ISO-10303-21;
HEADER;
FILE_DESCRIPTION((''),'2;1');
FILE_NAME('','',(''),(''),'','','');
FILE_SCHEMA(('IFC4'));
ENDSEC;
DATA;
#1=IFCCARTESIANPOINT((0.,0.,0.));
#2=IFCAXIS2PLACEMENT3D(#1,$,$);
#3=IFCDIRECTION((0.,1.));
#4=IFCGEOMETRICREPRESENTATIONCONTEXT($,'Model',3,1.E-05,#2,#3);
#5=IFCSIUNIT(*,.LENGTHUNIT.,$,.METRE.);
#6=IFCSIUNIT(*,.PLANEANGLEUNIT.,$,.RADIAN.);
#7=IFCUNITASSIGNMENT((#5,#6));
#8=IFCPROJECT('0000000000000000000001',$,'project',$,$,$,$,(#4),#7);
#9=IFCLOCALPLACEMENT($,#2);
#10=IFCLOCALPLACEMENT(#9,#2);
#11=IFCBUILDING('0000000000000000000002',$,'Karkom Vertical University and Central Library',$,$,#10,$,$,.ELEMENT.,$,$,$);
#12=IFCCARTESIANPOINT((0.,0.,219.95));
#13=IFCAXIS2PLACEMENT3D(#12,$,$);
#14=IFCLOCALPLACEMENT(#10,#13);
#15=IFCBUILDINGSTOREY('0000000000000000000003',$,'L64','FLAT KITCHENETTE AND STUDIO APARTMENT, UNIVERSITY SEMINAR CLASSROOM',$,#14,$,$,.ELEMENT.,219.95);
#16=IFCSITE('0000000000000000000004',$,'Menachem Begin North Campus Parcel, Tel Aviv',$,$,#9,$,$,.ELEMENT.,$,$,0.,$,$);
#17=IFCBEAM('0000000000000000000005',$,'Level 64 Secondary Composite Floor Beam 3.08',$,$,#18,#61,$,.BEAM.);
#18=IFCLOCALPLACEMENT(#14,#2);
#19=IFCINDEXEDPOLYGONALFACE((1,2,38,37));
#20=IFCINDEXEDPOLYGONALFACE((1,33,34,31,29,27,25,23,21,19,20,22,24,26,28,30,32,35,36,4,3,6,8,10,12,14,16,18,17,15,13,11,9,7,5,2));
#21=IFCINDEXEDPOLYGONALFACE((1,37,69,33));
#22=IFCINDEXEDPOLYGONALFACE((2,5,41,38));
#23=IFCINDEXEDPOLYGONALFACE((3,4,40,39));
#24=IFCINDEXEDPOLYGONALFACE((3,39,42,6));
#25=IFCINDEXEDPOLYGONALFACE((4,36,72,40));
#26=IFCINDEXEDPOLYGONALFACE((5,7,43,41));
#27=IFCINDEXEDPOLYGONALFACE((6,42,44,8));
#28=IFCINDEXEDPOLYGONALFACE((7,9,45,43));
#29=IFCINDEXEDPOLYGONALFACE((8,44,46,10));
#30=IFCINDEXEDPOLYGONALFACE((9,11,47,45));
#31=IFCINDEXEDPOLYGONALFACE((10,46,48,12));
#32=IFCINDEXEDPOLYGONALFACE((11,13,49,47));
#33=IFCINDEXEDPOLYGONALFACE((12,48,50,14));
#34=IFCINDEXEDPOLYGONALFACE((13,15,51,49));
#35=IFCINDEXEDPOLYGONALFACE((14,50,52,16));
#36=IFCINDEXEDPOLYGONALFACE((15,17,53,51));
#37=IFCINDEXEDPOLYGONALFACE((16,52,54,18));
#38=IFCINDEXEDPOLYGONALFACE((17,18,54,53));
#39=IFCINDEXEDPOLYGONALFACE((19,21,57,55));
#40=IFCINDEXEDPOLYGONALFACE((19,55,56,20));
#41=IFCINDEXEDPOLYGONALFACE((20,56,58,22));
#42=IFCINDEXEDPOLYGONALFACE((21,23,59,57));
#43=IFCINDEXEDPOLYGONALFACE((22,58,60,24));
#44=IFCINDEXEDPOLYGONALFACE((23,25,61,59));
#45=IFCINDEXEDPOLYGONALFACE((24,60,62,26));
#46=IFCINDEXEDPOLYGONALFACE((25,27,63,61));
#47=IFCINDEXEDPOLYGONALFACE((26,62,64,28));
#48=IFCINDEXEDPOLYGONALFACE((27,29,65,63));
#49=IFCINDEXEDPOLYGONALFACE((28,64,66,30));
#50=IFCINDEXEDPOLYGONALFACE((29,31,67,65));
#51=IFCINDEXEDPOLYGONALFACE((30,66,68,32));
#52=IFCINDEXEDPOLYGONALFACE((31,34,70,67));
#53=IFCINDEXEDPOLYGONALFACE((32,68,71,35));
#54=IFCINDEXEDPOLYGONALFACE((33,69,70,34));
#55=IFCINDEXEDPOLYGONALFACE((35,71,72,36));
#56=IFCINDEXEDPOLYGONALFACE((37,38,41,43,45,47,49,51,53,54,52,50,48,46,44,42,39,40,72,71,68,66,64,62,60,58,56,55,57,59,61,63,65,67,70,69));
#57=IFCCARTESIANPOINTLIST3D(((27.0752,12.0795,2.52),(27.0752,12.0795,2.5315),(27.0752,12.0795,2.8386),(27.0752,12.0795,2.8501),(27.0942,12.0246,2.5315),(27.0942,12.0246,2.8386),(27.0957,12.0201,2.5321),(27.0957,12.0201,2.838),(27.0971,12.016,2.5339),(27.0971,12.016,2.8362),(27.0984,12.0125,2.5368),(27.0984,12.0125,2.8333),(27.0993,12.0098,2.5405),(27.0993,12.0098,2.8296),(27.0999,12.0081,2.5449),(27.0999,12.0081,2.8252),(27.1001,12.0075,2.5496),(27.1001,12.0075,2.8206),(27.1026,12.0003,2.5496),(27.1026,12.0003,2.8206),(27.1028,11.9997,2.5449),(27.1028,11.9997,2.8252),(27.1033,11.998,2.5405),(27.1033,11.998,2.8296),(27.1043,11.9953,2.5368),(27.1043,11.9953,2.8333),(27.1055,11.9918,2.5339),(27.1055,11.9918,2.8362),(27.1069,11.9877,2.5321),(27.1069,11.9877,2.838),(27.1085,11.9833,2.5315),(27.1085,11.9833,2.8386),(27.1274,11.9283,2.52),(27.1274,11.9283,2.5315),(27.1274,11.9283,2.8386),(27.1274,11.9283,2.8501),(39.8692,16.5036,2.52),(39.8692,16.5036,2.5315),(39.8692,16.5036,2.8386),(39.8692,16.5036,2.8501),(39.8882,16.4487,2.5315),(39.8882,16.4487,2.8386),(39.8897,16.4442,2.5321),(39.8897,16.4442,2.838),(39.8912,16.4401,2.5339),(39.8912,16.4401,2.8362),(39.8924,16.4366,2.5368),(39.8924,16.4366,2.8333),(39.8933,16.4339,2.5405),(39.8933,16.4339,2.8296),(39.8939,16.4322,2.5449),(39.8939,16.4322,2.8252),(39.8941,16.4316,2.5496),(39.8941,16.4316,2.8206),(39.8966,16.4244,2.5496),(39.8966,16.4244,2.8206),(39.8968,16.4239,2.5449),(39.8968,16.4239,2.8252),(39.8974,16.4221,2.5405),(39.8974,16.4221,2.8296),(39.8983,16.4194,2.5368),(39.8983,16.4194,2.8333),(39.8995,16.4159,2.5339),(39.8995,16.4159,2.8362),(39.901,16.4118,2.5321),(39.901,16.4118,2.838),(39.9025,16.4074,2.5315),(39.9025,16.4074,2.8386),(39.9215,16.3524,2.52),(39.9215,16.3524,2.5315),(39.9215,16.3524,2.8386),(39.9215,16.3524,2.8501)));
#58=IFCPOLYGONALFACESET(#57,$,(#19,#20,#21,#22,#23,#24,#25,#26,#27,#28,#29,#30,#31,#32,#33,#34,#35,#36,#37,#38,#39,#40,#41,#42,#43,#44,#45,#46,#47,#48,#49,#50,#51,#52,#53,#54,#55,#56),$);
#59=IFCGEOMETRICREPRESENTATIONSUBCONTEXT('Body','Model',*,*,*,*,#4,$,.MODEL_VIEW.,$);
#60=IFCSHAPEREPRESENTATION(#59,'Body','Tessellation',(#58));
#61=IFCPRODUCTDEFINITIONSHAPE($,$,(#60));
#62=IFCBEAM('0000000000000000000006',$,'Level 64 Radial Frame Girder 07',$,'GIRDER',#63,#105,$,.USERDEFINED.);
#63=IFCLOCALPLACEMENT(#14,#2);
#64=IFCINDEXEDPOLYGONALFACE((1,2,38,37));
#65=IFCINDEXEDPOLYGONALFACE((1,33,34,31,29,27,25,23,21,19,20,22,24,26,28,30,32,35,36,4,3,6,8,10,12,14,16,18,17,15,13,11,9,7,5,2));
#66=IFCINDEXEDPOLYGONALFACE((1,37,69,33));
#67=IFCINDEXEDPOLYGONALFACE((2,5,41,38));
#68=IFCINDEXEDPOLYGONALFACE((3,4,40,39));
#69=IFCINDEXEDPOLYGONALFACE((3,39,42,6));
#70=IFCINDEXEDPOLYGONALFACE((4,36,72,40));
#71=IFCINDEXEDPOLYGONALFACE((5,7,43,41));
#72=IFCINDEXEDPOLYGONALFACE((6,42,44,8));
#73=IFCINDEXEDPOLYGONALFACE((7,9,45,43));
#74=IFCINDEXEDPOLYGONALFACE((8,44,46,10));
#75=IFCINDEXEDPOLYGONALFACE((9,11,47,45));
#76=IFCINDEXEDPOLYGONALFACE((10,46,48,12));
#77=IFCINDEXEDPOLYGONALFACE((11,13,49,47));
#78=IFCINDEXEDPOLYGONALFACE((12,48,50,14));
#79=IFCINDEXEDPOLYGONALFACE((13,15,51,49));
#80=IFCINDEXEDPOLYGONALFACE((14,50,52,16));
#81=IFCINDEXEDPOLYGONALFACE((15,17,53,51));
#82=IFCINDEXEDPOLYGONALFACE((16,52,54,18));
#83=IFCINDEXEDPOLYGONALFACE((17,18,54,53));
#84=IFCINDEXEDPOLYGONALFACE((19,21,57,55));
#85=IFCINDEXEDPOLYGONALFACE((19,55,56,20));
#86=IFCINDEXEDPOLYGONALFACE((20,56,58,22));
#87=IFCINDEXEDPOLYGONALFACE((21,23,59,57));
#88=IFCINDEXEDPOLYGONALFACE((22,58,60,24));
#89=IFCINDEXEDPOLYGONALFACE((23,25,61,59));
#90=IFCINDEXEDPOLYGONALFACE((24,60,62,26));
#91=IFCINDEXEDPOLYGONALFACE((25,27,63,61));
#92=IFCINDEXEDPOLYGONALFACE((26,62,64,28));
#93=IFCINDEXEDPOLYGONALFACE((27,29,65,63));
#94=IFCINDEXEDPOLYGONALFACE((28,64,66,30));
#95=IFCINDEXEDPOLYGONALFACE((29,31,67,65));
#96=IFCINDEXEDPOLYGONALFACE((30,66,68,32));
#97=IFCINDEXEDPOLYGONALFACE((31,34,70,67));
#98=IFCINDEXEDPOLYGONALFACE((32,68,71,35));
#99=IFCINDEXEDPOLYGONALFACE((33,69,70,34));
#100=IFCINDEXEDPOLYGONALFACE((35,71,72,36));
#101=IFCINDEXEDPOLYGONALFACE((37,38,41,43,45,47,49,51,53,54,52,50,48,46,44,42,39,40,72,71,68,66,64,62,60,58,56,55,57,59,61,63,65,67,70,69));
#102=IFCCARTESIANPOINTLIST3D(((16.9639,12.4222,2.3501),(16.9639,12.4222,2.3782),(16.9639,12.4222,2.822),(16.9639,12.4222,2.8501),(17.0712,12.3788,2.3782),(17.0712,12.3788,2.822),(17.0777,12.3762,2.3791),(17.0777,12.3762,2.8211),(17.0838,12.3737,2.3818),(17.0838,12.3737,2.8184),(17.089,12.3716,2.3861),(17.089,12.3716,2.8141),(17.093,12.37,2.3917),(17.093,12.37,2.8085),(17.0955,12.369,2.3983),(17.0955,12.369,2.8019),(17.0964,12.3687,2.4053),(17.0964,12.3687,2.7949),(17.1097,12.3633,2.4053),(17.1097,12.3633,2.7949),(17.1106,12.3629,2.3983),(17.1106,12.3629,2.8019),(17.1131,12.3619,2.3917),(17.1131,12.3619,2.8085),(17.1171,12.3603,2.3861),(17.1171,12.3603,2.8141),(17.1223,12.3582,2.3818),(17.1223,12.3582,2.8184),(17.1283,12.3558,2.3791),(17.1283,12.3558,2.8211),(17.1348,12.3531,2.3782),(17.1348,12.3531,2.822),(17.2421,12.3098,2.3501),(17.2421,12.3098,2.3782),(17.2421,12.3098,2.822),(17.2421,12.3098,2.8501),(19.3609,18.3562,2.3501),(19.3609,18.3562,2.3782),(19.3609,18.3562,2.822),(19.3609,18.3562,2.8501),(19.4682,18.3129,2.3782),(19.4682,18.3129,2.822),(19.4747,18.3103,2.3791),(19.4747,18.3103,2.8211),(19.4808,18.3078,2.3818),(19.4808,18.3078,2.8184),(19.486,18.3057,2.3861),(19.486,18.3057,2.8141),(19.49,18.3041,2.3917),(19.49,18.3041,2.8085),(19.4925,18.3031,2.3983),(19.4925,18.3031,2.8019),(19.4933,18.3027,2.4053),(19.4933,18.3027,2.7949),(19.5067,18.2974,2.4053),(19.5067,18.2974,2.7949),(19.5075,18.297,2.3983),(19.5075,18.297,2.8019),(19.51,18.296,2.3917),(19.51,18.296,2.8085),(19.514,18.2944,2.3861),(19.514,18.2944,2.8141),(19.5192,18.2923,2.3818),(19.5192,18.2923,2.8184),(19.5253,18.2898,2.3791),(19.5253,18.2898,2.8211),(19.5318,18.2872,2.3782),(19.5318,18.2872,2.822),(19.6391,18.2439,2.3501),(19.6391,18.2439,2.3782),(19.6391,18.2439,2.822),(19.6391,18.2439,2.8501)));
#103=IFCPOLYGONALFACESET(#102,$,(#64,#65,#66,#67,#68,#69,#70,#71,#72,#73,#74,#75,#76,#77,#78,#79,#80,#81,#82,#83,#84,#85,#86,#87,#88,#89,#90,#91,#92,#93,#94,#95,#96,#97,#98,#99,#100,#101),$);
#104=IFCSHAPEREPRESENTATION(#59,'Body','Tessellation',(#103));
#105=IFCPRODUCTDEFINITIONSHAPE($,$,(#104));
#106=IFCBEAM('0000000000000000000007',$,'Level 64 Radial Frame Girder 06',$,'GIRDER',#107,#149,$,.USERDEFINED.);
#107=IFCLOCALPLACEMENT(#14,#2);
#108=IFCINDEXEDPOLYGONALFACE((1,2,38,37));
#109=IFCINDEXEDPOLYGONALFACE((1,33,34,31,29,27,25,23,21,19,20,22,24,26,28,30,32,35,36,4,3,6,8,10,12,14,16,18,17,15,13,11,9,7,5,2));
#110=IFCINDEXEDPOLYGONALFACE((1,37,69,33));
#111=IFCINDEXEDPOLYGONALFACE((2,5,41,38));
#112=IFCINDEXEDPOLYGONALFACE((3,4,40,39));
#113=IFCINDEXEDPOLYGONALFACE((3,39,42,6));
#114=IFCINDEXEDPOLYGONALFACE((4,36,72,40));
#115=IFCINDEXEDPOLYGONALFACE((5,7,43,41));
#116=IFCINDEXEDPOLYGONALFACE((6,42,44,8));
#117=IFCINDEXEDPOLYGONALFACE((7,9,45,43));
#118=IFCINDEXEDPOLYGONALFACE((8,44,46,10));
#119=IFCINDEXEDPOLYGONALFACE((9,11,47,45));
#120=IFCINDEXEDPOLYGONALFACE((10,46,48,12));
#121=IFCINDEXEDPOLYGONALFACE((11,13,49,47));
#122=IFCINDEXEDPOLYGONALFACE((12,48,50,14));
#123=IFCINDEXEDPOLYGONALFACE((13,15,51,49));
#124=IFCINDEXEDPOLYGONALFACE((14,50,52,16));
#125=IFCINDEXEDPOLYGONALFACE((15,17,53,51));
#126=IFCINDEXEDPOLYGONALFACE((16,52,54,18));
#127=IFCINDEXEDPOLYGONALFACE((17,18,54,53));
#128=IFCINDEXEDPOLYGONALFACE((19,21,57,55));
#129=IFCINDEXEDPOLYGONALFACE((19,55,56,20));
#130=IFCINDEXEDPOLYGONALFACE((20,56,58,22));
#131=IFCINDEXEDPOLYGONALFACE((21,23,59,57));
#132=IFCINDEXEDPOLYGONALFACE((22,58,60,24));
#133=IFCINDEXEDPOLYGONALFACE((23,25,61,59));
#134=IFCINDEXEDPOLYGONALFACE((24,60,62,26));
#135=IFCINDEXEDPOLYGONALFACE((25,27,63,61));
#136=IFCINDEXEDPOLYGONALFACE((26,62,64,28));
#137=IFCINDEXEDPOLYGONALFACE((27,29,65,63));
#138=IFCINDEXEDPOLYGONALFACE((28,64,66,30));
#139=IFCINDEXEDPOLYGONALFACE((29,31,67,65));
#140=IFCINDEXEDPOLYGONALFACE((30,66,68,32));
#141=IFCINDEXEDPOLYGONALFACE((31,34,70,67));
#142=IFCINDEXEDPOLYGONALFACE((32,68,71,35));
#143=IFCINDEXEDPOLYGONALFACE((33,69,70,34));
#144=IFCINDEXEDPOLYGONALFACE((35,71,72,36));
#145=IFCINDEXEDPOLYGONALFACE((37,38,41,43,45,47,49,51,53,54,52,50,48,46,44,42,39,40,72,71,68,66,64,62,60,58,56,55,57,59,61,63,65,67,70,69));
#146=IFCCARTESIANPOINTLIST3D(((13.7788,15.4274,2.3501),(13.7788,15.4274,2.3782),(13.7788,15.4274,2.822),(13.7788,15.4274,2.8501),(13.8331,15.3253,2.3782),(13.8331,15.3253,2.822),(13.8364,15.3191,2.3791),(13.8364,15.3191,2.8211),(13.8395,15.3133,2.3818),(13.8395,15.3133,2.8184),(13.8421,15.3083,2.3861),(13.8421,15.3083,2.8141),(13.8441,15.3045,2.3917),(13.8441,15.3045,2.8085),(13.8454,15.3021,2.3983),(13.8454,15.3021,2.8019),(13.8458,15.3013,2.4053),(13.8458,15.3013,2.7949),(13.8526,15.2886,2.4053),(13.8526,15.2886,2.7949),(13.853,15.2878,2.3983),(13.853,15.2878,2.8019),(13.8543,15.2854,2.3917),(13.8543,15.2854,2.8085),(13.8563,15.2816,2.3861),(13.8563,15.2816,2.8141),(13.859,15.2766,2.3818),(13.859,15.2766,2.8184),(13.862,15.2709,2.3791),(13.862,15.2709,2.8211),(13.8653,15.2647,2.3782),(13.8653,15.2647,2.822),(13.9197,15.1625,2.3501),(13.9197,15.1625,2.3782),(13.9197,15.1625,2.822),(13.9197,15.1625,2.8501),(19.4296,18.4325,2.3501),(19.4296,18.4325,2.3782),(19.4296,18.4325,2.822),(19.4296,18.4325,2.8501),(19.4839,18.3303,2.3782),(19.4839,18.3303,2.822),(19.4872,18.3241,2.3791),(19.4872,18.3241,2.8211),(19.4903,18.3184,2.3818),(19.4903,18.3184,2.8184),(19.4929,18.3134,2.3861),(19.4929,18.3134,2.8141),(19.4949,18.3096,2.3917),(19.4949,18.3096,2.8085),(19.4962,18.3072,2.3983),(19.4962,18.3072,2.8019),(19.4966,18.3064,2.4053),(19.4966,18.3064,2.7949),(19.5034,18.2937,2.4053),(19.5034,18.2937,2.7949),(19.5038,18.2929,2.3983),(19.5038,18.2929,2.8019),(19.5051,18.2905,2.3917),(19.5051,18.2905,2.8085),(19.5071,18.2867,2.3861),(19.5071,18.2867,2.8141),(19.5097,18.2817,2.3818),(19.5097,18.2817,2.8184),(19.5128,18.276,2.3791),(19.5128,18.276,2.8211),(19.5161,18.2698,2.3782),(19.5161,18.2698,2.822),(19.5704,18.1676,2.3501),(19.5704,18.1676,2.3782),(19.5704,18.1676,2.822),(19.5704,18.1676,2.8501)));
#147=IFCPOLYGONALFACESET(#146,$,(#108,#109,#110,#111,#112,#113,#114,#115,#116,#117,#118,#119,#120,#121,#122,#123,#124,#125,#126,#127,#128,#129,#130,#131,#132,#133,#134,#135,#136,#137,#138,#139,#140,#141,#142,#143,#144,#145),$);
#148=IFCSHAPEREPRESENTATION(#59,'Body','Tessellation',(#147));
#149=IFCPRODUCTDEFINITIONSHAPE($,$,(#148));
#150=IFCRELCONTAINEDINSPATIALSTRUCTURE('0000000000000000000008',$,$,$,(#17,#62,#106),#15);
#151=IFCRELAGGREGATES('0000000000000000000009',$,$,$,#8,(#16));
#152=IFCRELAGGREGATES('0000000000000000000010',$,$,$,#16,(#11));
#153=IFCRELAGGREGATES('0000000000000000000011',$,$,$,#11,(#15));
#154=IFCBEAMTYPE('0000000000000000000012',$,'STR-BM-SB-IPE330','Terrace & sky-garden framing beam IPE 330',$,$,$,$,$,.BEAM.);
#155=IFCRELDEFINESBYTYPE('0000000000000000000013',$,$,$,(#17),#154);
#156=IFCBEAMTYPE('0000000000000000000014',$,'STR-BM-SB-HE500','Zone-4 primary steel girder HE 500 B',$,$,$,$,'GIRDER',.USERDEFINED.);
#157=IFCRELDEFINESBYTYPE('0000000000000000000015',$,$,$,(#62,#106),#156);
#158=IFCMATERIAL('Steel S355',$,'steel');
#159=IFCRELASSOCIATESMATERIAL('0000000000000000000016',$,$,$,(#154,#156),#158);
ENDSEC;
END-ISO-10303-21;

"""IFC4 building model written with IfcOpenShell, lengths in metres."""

from ifc_helpers import new_model, si_unit, direction, frame, origin, origin_with_axes, origin_2d, place, context, subcontext, project, spatial, i_section, extrude, source, transform, mapped, material, material_profile, profile_set, type_object, element, save


model = new_model("IFC4")

# Units and contexts
model_context = context("Model", 3, precision=1e-05, world=origin(), true_north=direction((0.0, 1.0)))
body_context = subcontext(model_context, "Body", "Model", "MODEL_VIEW")
ifc_project = project(units=[si_unit("LENGTHUNIT", "METRE"), si_unit("PLANEANGLEUNIT", "RADIAN")], contexts=[model_context])

# Site, building, storey
site_placement = place(None, origin())
site = spatial("IfcSite", under=ifc_project, at=site_placement, Name="Menachem Begin North Campus Parcel, Tel Aviv", CompositionType="ELEMENT", RefElevation=0.0)
building_placement = place(site_placement, origin())
building = spatial("IfcBuilding", under=site, at=building_placement, Name="Karkom Vertical University and Central Library", CompositionType="ELEMENT")
storey_placement = place(building_placement, frame((0.0, 0.0, 219.95)))
storey = spatial("IfcBuildingStorey", under=building, at=storey_placement, Name="L64", Description="FLAT KITCHENETTE AND STUDIO APARTMENT, UNIVERSITY SEMINAR CLASSROOM", CompositionType="ELEMENT", Elevation=219.95)

# Beams
ifc_material_1 = material(Name="Steel S355", Category="steel")
ifc_material_profile_1 = material_profile(ifc_material_1, i_section(OverallWidth=0.1599, OverallDepth=0.3301, WebThickness=0.0076, FlangeThickness=0.0115, FilletRadius=0.0181, at=origin_2d()), Name="IPE 330")
ifc_profile_set_1 = profile_set([ifc_material_profile_1], Name="Steel S355")
beam_type_1 = type_object("IfcBeamType", Name="STR-BM-SB-IPE330", Description="Terrace & sky-garden framing beam IPE 330", PredefinedType="BEAM", material=ifc_profile_set_1)
shared_shape_1 = source(origin_with_axes(), body_context, "Body", "SweptSolid", [
    extrude(i_section(OverallWidth=0.1599, OverallDepth=0.3301, WebThickness=0.0076, FlangeThickness=0.0115, FilletRadius=0.0181, at=origin_2d()), origin(), (0.0, 0.0, 1.0), 13.5374),
])
beam_1_placement = place(storey_placement, frame((27.1013, 12.0039, 2.6851), z_axis=(0.945091, 0.326807, 0.0), x_axis=(-0.326807, 0.945091, 0.0)))
element("IfcBeam", 1, at=beam_1_placement, inside=storey, type_object=beam_type_1, Name="Level 64 Secondary Composite Floor Beam 3.08", PredefinedType="BEAM", context=body_context, shape_type="MappedRepresentation", body=[
    mapped(shared_shape_1, transform((0.0, 0.0, 0.0), scale=1.0)),
])
ifc_material_profile_2 = material_profile(ifc_material_1, i_section(OverallWidth=0.3, OverallDepth=0.5, WebThickness=0.0144, FlangeThickness=0.0281, FilletRadius=0.0271, at=origin_2d()), Name="HE 500 B")
ifc_profile_set_2 = profile_set([ifc_material_profile_2], Name="Steel S355")
beam_type_2 = type_object("IfcBeamType", Name="STR-BM-SB-HE500", Description="Zone-4 primary steel girder HE 500 B", ElementType="GIRDER", PredefinedType="USERDEFINED", material=ifc_profile_set_2)
shared_shape_2 = source(origin_with_axes(), body_context, "Body", "SweptSolid", [
    extrude(i_section(OverallWidth=0.3, OverallDepth=0.5, WebThickness=0.0144, FlangeThickness=0.0281, FilletRadius=0.0271, at=origin_2d()), origin(), (0.0, 0.0, 1.0), 6.3999),
])
beam_2_placement = place(storey_placement, frame((19.5, 18.3, 2.6001), z_axis=(-0.374532, -0.927214, 0.0), x_axis=(0.927214, -0.374532, 0.0)))
element("IfcBeam", 2, at=beam_2_placement, inside=storey, type_object=beam_type_2, Name="Level 64 Radial Frame Girder 07", ObjectType="GIRDER", PredefinedType="USERDEFINED", context=body_context, shape_type="MappedRepresentation", body=[
    mapped(shared_shape_2, transform((0.0, 0.0, 0.0), scale=1.0)),
])
shared_shape_3 = source(origin_with_axes(), body_context, "Body", "SweptSolid", [
    extrude(i_section(OverallWidth=0.3, OverallDepth=0.5, WebThickness=0.0144, FlangeThickness=0.0281, FilletRadius=0.0271, at=origin_2d()), origin(), (0.0, 0.0, 1.0), 6.4001),
])
beam_3_placement = place(storey_placement, frame((19.5, 18.3, 2.6001), z_axis=(-0.882915, -0.469533, 0.0), x_axis=(0.469533, -0.882915, 0.0)))
element("IfcBeam", 3, at=beam_3_placement, inside=storey, type_object=beam_type_2, Name="Level 64 Radial Frame Girder 06", ObjectType="GIRDER", PredefinedType="USERDEFINED", context=body_context, shape_type="MappedRepresentation", body=[
    mapped(shared_shape_3, transform((0.0, 0.0, 0.0), scale=1.0)),
])

save(model, "model.ifc")
